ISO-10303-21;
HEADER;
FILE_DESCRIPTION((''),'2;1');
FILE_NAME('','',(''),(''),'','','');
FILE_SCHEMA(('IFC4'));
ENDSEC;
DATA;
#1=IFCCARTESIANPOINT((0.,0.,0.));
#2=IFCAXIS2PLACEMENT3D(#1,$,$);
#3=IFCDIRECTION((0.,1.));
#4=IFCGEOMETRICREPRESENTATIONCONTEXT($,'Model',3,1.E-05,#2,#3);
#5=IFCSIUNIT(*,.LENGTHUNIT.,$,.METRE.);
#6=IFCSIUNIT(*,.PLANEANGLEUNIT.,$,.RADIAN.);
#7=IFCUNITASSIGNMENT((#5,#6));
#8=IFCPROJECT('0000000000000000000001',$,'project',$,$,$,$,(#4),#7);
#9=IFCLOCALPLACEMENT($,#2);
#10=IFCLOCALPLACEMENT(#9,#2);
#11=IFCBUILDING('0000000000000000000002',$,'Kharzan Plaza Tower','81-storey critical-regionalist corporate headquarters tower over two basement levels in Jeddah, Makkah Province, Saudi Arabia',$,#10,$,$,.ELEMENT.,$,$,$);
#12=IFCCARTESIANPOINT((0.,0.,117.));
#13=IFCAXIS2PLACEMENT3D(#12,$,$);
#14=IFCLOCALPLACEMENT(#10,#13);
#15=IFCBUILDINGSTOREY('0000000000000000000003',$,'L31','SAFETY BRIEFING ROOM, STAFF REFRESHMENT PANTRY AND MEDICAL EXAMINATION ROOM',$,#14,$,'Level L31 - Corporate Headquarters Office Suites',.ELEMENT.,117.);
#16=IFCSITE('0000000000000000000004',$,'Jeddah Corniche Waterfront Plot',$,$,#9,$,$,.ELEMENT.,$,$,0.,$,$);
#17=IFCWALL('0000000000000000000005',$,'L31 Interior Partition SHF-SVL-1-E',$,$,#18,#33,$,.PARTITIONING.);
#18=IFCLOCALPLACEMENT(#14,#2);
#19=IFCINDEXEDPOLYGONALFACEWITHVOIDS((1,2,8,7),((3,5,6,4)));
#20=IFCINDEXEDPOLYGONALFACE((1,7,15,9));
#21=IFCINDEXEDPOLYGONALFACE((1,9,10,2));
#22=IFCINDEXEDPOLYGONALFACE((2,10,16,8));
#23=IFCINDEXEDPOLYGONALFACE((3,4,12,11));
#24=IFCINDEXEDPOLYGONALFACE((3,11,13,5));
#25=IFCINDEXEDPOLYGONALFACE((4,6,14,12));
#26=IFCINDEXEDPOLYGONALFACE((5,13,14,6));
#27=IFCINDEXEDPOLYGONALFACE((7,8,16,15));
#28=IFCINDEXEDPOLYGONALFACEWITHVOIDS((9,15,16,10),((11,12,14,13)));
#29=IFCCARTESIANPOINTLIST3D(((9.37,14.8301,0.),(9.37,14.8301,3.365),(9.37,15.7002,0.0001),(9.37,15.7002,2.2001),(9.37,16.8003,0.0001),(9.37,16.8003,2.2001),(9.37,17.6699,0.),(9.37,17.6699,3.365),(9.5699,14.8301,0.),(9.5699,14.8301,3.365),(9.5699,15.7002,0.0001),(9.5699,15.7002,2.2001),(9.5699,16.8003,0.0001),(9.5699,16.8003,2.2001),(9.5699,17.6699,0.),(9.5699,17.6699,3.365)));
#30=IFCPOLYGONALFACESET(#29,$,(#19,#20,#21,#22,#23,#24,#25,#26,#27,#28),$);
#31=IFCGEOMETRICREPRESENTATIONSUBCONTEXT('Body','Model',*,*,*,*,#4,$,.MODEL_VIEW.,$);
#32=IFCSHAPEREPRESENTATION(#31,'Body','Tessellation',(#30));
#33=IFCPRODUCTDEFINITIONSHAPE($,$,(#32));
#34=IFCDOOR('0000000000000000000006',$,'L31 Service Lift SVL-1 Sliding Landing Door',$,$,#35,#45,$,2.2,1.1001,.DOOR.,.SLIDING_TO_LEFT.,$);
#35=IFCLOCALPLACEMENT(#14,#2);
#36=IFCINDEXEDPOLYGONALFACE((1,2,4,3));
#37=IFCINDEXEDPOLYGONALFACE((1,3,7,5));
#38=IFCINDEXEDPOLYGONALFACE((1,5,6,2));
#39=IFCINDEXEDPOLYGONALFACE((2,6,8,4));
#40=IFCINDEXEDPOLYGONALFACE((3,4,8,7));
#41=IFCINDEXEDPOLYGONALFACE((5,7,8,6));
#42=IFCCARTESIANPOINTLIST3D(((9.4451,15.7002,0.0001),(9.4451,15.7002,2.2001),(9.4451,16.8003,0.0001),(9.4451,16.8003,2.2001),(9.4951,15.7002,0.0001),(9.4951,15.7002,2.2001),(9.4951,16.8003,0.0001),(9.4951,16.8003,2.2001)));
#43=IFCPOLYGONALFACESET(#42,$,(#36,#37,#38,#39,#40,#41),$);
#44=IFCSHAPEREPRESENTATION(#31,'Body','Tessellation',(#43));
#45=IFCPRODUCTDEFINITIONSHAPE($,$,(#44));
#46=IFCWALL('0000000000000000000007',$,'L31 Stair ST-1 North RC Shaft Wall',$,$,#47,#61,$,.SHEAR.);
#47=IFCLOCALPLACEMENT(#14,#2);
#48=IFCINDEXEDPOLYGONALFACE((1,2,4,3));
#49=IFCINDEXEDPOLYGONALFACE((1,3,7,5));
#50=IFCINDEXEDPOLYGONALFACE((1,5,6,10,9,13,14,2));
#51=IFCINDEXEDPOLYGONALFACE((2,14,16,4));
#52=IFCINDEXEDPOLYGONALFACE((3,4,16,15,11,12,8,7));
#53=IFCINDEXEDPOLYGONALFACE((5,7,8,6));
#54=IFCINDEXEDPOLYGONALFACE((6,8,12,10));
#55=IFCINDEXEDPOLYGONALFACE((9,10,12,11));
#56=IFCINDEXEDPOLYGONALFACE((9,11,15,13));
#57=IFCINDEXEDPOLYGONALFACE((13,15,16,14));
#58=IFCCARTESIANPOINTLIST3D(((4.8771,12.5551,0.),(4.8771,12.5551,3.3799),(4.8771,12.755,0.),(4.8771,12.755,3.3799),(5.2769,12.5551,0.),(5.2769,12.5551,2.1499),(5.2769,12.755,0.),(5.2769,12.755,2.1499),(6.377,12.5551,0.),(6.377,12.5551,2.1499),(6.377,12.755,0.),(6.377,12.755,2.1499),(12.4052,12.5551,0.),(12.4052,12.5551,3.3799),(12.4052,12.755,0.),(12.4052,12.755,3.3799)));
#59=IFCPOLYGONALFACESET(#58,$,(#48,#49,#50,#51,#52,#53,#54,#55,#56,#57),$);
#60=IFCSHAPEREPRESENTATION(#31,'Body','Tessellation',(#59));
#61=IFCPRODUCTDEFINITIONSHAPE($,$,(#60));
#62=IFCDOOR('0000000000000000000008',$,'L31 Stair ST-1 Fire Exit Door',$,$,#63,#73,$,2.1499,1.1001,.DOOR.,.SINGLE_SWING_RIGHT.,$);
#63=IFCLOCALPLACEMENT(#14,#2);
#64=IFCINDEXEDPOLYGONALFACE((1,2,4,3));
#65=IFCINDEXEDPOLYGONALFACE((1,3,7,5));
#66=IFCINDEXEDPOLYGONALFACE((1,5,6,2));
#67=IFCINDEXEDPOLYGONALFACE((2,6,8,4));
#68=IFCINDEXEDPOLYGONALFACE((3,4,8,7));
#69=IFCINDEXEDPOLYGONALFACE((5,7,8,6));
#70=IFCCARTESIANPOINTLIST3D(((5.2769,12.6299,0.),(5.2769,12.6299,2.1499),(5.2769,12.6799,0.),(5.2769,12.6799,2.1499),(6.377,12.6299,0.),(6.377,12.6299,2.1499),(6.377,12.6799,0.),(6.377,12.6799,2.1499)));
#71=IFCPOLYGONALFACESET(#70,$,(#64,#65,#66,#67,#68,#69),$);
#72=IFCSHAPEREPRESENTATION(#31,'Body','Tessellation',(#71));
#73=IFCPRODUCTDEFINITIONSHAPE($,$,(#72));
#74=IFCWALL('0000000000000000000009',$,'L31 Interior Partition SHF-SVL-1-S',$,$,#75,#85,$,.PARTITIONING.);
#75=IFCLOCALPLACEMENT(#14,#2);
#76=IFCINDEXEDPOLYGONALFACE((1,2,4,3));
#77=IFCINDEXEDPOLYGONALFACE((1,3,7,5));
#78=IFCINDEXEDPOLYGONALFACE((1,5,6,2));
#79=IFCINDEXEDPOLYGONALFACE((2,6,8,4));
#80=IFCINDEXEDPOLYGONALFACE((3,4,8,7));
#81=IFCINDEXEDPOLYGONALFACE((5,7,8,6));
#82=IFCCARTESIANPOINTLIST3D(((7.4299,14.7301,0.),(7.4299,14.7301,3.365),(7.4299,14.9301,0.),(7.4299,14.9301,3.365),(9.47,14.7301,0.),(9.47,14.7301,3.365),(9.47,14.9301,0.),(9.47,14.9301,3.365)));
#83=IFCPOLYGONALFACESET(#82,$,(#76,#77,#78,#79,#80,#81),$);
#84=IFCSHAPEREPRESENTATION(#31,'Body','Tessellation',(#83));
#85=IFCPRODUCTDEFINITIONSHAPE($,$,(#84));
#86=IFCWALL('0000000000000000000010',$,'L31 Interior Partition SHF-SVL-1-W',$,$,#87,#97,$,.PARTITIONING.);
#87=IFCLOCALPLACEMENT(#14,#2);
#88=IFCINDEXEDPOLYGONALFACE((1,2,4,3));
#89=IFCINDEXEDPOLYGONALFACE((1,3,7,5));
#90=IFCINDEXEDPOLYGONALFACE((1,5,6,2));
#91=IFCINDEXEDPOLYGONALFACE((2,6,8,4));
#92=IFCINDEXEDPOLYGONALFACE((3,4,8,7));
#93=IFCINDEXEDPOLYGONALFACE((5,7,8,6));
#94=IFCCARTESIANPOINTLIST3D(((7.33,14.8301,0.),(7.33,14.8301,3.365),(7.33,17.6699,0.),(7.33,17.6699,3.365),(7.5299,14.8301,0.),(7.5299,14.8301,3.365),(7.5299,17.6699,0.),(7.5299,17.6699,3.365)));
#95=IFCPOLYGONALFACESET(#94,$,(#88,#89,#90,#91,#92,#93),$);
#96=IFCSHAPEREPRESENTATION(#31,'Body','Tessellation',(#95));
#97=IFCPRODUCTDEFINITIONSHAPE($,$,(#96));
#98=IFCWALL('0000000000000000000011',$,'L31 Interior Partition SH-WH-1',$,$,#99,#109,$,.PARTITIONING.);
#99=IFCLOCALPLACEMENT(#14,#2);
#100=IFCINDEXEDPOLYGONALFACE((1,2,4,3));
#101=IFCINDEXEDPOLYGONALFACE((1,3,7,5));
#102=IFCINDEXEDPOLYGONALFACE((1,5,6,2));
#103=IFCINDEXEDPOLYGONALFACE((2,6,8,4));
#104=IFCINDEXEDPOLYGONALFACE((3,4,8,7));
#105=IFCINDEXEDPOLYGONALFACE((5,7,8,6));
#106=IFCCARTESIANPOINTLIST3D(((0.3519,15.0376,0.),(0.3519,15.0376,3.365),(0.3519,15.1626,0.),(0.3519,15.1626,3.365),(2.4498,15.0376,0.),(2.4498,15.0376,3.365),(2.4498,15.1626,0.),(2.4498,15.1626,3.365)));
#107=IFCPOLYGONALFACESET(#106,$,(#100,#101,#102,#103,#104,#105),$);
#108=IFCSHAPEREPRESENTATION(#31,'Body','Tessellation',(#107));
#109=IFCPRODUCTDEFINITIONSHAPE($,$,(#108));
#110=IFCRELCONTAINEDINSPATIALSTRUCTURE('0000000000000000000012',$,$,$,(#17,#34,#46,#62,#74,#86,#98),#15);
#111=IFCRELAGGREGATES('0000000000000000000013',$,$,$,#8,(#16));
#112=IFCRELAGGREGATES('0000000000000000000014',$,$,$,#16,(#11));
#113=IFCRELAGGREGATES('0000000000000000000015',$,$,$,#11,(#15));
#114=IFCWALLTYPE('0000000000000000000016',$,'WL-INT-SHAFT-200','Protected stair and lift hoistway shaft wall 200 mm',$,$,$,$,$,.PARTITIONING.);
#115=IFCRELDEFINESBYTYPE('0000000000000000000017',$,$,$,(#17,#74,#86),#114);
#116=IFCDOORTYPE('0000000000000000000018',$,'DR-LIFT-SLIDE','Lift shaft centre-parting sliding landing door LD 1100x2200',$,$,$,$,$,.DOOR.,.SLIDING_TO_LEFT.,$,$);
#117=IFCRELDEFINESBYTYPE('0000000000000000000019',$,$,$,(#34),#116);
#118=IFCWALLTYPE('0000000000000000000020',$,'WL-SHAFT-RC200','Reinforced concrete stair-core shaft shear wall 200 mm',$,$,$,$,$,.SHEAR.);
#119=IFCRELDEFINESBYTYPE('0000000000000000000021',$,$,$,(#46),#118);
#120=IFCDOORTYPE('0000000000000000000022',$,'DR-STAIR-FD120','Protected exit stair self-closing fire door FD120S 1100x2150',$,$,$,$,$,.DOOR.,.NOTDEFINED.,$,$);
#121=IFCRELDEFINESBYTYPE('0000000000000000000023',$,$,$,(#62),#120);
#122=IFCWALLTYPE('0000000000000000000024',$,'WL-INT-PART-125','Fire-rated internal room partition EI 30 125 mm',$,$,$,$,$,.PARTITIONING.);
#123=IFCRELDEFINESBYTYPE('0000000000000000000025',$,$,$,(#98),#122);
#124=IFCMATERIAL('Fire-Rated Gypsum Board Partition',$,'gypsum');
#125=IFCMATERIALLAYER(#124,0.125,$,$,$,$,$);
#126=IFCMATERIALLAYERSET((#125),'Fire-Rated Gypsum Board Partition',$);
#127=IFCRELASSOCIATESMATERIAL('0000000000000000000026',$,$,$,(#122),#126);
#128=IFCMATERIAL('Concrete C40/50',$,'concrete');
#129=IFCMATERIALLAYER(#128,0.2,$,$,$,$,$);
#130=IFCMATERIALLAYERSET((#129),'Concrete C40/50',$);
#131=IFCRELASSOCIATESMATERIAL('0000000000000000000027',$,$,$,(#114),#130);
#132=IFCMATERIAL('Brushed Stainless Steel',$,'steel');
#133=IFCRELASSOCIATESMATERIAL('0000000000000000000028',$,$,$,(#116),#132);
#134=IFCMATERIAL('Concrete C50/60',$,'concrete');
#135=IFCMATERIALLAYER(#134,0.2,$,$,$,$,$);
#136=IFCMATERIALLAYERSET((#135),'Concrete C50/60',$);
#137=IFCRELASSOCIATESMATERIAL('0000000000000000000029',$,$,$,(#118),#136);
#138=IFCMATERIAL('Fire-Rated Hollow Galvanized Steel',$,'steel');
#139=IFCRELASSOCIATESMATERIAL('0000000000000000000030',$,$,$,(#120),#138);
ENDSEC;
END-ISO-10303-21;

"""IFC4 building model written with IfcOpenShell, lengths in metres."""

from ifc_helpers import new_model, si_unit, direction, frame, frame_2d, origin, place, context, subcontext, project, spatial, rectangle, extrude, source, transform, mapped, material, layer, layer_set, type_object, element, fill, save


model = new_model("IFC4")

# Units and contexts
model_context = context("Model", 3, precision=1e-05, world=origin(), true_north=direction((0.0, 1.0)))
body_context = subcontext(model_context, "Body", "Model", "MODEL_VIEW")
ifc_project = project(units=[si_unit("LENGTHUNIT", "METRE"), si_unit("PLANEANGLEUNIT", "RADIAN")], contexts=[model_context])

# Site, building, storey
site_placement = place(None, origin())
site = spatial("IfcSite", under=ifc_project, at=site_placement, Name="Jeddah Corniche Waterfront Plot", CompositionType="ELEMENT", RefElevation=0.0)
building_placement = place(site_placement, origin())
building = spatial("IfcBuilding", under=site, at=building_placement, Name="Kharzan Plaza Tower", Description="81-storey critical-regionalist corporate headquarters tower over two basement levels in Jeddah, Makkah Province, Saudi Arabia", CompositionType="ELEMENT")
storey_placement = place(building_placement, frame((0.0, 0.0, 117.0)))
storey = spatial("IfcBuildingStorey", under=building, at=storey_placement, Name="L31", Description="SAFETY BRIEFING ROOM, STAFF REFRESHMENT PANTRY AND MEDICAL EXAMINATION ROOM", LongName="Level L31 - Corporate Headquarters Office Suites", CompositionType="ELEMENT", Elevation=117.0)

# Shared definitions
ifc_material_1 = material(Name="Concrete C40/50", Category="concrete")

# Walls, openings, doors
ifc_material_2 = material(Name="Fire-Rated Gypsum Board Partition", Category="gypsum")
ifc_layer_1 = layer(ifc_material_2, 0.125)
ifc_layer_set_1 = layer_set([ifc_layer_1], Name="Fire-Rated Gypsum Board Partition")
wall_type_1 = type_object("IfcWallType", Name="WL-INT-PART-125", Description="Fire-rated internal room partition EI 30 125 mm", PredefinedType="PARTITIONING", material=ifc_layer_set_1)
ifc_layer_2 = layer(ifc_material_1, 0.2)
ifc_layer_set_2 = layer_set([ifc_layer_2], Name="Concrete C40/50")
wall_type_2 = type_object("IfcWallType", Name="WL-INT-SHAFT-200", Description="Protected stair and lift hoistway shaft wall 200 mm", PredefinedType="PARTITIONING", material=ifc_layer_set_2)
wall_1_placement = place(storey_placement, frame((9.47, 14.8301, 0.0), z_axis=(0.0, 0.0, 1.0), x_axis=(0.0, 1.0, 0.0)))
wall_1 = element("IfcWall", 1, at=wall_1_placement, inside=storey, type_object=wall_type_2, Name="L31 Interior Partition SHF-SVL-1-E", PredefinedType="PARTITIONING", context=body_context, shape_type="SweptSolid", body=[
    extrude(rectangle(XDim=2.8398, YDim=0.2, at=frame_2d((1.4199, 0.0))), origin(), (0.0, 0.0, 1.0), 3.365),
])
opening_1_placement = place(wall_1_placement, frame((0.8701, 0.0, 0.0)))
opening_1 = element("IfcOpeningElement", 2, at=opening_1_placement, cuts=wall_1, PredefinedType="OPENING", context=body_context, shape_type="SweptSolid", body=[
    extrude(rectangle(XDim=1.1001, YDim=2.2, at=frame_2d((0.55, 1.1001))), frame((0.0, 0.1099, 0.0), z_axis=(0.0, -1.0, 0.0), x_axis=(1.0, 0.0, 0.0)), (0.0, 0.0, 1.0), 0.22),
])
ifc_material_3 = material(Name="Brushed Stainless Steel", Category="steel")
door_type_1 = type_object("IfcDoorType", Name="DR-LIFT-SLIDE", Description="Lift shaft centre-parting sliding landing door LD 1100x2200", OperationType="SLIDING_TO_LEFT", PredefinedType="DOOR", material=ifc_material_3)
shared_shape_1 = source(origin(), body_context, "Body", "SweptSolid", [
    extrude(rectangle(XDim=1.1001, YDim=2.2, at=frame_2d((0.55, 1.1001))), frame((0.0, 0.0249, 0.0), z_axis=(0.0, -1.0, 0.0), x_axis=(1.0, 0.0, 0.0)), (0.0, 0.0, 1.0), 0.05),
])
door_1_placement = place(opening_1_placement, origin())
door_1 = element("IfcDoor", 3, at=door_1_placement, inside=storey, type_object=door_type_1, Name="L31 Service Lift SVL-1 Sliding Landing Door", OperationType="SLIDING_TO_LEFT", OverallHeight=2.2, OverallWidth=1.1001, PredefinedType="DOOR", context=body_context, shape_type="MappedRepresentation", body=[
    mapped(shared_shape_1, transform((0.0, 0.0, 0.0), x_axis=(1.0, 0.0, 0.0), y_axis=(0.0, 1.0, 0.0), z_axis=(0.0, 0.0, 1.0))),
])
fill(opening_1, door_1)
ifc_material_4 = material(Name="Concrete C50/60", Category="concrete")
ifc_layer_3 = layer(ifc_material_4, 0.2)
ifc_layer_set_3 = layer_set([ifc_layer_3], Name="Concrete C50/60")
wall_type_3 = type_object("IfcWallType", Name="WL-SHAFT-RC200", Description="Reinforced concrete stair-core shaft shear wall 200 mm", PredefinedType="SHEAR", material=ifc_layer_set_3)
wall_2_placement = place(storey_placement, frame((4.877, 12.655, 0.0), z_axis=(0.0, 0.0, 1.0), x_axis=(1.0, 0.0, 0.0)))
wall_2 = element("IfcWall", 4, at=wall_2_placement, inside=storey, type_object=wall_type_3, Name="L31 Stair ST-1 North RC Shaft Wall", PredefinedType="SHEAR", context=body_context, shape_type="SweptSolid", body=[
    extrude(rectangle(XDim=7.5281, YDim=0.2, at=frame_2d((3.7642, 0.0))), origin(), (0.0, 0.0, 1.0), 3.3799),
])
opening_2_placement = place(wall_2_placement, frame((0.3999, 0.0, 0.0)))
opening_2 = element("IfcOpeningElement", 5, at=opening_2_placement, cuts=wall_2, PredefinedType="OPENING", context=body_context, shape_type="SweptSolid", body=[
    extrude(rectangle(XDim=1.1001, YDim=2.1499, at=frame_2d((0.55, 1.075))), frame((0.0, 0.1099, 0.0), z_axis=(0.0, -1.0, 0.0), x_axis=(1.0, 0.0, 0.0)), (0.0, 0.0, 1.0), 0.22),
])
ifc_material_5 = material(Name="Fire-Rated Hollow Galvanized Steel", Category="steel")
door_type_2 = type_object("IfcDoorType", Name="DR-STAIR-FD120", Description="Protected exit stair self-closing fire door FD120S 1100x2150", OperationType="NOTDEFINED", PredefinedType="DOOR", material=ifc_material_5)
shared_shape_2 = source(origin(), body_context, "Body", "SweptSolid", [
    extrude(rectangle(XDim=1.1001, YDim=2.1499, at=frame_2d((0.55, 1.075))), frame((0.0, 0.0249, 0.0), z_axis=(0.0, -1.0, 0.0), x_axis=(1.0, 0.0, 0.0)), (0.0, 0.0, 1.0), 0.05),
])
door_2_placement = place(opening_2_placement, origin())
door_2 = element("IfcDoor", 6, at=door_2_placement, inside=storey, type_object=door_type_2, Name="L31 Stair ST-1 Fire Exit Door", OperationType="SINGLE_SWING_RIGHT", OverallHeight=2.1499, OverallWidth=1.1001, PredefinedType="DOOR", context=body_context, shape_type="MappedRepresentation", body=[
    mapped(shared_shape_2, transform((0.0, 0.0, 0.0), x_axis=(1.0, 0.0, 0.0), y_axis=(0.0, 1.0, 0.0), z_axis=(0.0, 0.0, 1.0))),
])
fill(opening_2, door_2)

# Walls
shared_shape_3 = source(origin(), body_context, "Body", "SweptSolid", [
    extrude(rectangle(XDim=2.04, YDim=0.2, at=frame_2d((1.02, 0.0))), origin(), (0.0, 0.0, 1.0), 3.365),
])
wall_3_placement = place(storey_placement, frame((7.4299, 14.8301, 0.0), z_axis=(0.0, 0.0, 1.0), x_axis=(1.0, 0.0, 0.0)))
element("IfcWall", 7, at=wall_3_placement, inside=storey, type_object=wall_type_2, Name="L31 Interior Partition SHF-SVL-1-S", PredefinedType="PARTITIONING", context=body_context, shape_type="MappedRepresentation", body=[
    mapped(shared_shape_3, transform((0.0, 0.0, 0.0), x_axis=(1.0, 0.0, 0.0), y_axis=(0.0, 1.0, 0.0), z_axis=(0.0, 0.0, 1.0))),
])
shared_shape_4 = source(origin(), body_context, "Body", "SweptSolid", [
    extrude(rectangle(XDim=2.8398, YDim=0.2, at=frame_2d((1.4199, 0.0))), origin(), (0.0, 0.0, 1.0), 3.365),
])
wall_4_placement = place(storey_placement, frame((7.4299, 14.8301, 0.0), z_axis=(0.0, 0.0, 1.0), x_axis=(0.0, 1.0, 0.0)))
element("IfcWall", 8, at=wall_4_placement, inside=storey, type_object=wall_type_2, Name="L31 Interior Partition SHF-SVL-1-W", PredefinedType="PARTITIONING", context=body_context, shape_type="MappedRepresentation", body=[
    mapped(shared_shape_4, transform((0.0, 0.0, 0.0), x_axis=(1.0, 0.0, 0.0), y_axis=(0.0, 1.0, 0.0), z_axis=(0.0, 0.0, 1.0))),
])
shared_shape_5 = source(origin(), body_context, "Body", "SweptSolid", [
    extrude(rectangle(XDim=2.0979, YDim=0.125, at=frame_2d((1.0488, 0.0))), origin(), (0.0, 0.0, 1.0), 3.365),
])
wall_5_placement = place(storey_placement, frame((0.3521, 15.1001, 0.0), z_axis=(0.0, 0.0, 1.0), x_axis=(1.0, 0.0, 0.0)))
element("IfcWall", 9, at=wall_5_placement, inside=storey, type_object=wall_type_1, Name="L31 Interior Partition SH-WH-1", PredefinedType="PARTITIONING", context=body_context, shape_type="MappedRepresentation", body=[
    mapped(shared_shape_5, transform((0.0, 0.0, 0.0), x_axis=(1.0, 0.0, 0.0), y_axis=(0.0, 1.0, 0.0), z_axis=(0.0, 0.0, 1.0))),
])

save(model, "model.ifc")
